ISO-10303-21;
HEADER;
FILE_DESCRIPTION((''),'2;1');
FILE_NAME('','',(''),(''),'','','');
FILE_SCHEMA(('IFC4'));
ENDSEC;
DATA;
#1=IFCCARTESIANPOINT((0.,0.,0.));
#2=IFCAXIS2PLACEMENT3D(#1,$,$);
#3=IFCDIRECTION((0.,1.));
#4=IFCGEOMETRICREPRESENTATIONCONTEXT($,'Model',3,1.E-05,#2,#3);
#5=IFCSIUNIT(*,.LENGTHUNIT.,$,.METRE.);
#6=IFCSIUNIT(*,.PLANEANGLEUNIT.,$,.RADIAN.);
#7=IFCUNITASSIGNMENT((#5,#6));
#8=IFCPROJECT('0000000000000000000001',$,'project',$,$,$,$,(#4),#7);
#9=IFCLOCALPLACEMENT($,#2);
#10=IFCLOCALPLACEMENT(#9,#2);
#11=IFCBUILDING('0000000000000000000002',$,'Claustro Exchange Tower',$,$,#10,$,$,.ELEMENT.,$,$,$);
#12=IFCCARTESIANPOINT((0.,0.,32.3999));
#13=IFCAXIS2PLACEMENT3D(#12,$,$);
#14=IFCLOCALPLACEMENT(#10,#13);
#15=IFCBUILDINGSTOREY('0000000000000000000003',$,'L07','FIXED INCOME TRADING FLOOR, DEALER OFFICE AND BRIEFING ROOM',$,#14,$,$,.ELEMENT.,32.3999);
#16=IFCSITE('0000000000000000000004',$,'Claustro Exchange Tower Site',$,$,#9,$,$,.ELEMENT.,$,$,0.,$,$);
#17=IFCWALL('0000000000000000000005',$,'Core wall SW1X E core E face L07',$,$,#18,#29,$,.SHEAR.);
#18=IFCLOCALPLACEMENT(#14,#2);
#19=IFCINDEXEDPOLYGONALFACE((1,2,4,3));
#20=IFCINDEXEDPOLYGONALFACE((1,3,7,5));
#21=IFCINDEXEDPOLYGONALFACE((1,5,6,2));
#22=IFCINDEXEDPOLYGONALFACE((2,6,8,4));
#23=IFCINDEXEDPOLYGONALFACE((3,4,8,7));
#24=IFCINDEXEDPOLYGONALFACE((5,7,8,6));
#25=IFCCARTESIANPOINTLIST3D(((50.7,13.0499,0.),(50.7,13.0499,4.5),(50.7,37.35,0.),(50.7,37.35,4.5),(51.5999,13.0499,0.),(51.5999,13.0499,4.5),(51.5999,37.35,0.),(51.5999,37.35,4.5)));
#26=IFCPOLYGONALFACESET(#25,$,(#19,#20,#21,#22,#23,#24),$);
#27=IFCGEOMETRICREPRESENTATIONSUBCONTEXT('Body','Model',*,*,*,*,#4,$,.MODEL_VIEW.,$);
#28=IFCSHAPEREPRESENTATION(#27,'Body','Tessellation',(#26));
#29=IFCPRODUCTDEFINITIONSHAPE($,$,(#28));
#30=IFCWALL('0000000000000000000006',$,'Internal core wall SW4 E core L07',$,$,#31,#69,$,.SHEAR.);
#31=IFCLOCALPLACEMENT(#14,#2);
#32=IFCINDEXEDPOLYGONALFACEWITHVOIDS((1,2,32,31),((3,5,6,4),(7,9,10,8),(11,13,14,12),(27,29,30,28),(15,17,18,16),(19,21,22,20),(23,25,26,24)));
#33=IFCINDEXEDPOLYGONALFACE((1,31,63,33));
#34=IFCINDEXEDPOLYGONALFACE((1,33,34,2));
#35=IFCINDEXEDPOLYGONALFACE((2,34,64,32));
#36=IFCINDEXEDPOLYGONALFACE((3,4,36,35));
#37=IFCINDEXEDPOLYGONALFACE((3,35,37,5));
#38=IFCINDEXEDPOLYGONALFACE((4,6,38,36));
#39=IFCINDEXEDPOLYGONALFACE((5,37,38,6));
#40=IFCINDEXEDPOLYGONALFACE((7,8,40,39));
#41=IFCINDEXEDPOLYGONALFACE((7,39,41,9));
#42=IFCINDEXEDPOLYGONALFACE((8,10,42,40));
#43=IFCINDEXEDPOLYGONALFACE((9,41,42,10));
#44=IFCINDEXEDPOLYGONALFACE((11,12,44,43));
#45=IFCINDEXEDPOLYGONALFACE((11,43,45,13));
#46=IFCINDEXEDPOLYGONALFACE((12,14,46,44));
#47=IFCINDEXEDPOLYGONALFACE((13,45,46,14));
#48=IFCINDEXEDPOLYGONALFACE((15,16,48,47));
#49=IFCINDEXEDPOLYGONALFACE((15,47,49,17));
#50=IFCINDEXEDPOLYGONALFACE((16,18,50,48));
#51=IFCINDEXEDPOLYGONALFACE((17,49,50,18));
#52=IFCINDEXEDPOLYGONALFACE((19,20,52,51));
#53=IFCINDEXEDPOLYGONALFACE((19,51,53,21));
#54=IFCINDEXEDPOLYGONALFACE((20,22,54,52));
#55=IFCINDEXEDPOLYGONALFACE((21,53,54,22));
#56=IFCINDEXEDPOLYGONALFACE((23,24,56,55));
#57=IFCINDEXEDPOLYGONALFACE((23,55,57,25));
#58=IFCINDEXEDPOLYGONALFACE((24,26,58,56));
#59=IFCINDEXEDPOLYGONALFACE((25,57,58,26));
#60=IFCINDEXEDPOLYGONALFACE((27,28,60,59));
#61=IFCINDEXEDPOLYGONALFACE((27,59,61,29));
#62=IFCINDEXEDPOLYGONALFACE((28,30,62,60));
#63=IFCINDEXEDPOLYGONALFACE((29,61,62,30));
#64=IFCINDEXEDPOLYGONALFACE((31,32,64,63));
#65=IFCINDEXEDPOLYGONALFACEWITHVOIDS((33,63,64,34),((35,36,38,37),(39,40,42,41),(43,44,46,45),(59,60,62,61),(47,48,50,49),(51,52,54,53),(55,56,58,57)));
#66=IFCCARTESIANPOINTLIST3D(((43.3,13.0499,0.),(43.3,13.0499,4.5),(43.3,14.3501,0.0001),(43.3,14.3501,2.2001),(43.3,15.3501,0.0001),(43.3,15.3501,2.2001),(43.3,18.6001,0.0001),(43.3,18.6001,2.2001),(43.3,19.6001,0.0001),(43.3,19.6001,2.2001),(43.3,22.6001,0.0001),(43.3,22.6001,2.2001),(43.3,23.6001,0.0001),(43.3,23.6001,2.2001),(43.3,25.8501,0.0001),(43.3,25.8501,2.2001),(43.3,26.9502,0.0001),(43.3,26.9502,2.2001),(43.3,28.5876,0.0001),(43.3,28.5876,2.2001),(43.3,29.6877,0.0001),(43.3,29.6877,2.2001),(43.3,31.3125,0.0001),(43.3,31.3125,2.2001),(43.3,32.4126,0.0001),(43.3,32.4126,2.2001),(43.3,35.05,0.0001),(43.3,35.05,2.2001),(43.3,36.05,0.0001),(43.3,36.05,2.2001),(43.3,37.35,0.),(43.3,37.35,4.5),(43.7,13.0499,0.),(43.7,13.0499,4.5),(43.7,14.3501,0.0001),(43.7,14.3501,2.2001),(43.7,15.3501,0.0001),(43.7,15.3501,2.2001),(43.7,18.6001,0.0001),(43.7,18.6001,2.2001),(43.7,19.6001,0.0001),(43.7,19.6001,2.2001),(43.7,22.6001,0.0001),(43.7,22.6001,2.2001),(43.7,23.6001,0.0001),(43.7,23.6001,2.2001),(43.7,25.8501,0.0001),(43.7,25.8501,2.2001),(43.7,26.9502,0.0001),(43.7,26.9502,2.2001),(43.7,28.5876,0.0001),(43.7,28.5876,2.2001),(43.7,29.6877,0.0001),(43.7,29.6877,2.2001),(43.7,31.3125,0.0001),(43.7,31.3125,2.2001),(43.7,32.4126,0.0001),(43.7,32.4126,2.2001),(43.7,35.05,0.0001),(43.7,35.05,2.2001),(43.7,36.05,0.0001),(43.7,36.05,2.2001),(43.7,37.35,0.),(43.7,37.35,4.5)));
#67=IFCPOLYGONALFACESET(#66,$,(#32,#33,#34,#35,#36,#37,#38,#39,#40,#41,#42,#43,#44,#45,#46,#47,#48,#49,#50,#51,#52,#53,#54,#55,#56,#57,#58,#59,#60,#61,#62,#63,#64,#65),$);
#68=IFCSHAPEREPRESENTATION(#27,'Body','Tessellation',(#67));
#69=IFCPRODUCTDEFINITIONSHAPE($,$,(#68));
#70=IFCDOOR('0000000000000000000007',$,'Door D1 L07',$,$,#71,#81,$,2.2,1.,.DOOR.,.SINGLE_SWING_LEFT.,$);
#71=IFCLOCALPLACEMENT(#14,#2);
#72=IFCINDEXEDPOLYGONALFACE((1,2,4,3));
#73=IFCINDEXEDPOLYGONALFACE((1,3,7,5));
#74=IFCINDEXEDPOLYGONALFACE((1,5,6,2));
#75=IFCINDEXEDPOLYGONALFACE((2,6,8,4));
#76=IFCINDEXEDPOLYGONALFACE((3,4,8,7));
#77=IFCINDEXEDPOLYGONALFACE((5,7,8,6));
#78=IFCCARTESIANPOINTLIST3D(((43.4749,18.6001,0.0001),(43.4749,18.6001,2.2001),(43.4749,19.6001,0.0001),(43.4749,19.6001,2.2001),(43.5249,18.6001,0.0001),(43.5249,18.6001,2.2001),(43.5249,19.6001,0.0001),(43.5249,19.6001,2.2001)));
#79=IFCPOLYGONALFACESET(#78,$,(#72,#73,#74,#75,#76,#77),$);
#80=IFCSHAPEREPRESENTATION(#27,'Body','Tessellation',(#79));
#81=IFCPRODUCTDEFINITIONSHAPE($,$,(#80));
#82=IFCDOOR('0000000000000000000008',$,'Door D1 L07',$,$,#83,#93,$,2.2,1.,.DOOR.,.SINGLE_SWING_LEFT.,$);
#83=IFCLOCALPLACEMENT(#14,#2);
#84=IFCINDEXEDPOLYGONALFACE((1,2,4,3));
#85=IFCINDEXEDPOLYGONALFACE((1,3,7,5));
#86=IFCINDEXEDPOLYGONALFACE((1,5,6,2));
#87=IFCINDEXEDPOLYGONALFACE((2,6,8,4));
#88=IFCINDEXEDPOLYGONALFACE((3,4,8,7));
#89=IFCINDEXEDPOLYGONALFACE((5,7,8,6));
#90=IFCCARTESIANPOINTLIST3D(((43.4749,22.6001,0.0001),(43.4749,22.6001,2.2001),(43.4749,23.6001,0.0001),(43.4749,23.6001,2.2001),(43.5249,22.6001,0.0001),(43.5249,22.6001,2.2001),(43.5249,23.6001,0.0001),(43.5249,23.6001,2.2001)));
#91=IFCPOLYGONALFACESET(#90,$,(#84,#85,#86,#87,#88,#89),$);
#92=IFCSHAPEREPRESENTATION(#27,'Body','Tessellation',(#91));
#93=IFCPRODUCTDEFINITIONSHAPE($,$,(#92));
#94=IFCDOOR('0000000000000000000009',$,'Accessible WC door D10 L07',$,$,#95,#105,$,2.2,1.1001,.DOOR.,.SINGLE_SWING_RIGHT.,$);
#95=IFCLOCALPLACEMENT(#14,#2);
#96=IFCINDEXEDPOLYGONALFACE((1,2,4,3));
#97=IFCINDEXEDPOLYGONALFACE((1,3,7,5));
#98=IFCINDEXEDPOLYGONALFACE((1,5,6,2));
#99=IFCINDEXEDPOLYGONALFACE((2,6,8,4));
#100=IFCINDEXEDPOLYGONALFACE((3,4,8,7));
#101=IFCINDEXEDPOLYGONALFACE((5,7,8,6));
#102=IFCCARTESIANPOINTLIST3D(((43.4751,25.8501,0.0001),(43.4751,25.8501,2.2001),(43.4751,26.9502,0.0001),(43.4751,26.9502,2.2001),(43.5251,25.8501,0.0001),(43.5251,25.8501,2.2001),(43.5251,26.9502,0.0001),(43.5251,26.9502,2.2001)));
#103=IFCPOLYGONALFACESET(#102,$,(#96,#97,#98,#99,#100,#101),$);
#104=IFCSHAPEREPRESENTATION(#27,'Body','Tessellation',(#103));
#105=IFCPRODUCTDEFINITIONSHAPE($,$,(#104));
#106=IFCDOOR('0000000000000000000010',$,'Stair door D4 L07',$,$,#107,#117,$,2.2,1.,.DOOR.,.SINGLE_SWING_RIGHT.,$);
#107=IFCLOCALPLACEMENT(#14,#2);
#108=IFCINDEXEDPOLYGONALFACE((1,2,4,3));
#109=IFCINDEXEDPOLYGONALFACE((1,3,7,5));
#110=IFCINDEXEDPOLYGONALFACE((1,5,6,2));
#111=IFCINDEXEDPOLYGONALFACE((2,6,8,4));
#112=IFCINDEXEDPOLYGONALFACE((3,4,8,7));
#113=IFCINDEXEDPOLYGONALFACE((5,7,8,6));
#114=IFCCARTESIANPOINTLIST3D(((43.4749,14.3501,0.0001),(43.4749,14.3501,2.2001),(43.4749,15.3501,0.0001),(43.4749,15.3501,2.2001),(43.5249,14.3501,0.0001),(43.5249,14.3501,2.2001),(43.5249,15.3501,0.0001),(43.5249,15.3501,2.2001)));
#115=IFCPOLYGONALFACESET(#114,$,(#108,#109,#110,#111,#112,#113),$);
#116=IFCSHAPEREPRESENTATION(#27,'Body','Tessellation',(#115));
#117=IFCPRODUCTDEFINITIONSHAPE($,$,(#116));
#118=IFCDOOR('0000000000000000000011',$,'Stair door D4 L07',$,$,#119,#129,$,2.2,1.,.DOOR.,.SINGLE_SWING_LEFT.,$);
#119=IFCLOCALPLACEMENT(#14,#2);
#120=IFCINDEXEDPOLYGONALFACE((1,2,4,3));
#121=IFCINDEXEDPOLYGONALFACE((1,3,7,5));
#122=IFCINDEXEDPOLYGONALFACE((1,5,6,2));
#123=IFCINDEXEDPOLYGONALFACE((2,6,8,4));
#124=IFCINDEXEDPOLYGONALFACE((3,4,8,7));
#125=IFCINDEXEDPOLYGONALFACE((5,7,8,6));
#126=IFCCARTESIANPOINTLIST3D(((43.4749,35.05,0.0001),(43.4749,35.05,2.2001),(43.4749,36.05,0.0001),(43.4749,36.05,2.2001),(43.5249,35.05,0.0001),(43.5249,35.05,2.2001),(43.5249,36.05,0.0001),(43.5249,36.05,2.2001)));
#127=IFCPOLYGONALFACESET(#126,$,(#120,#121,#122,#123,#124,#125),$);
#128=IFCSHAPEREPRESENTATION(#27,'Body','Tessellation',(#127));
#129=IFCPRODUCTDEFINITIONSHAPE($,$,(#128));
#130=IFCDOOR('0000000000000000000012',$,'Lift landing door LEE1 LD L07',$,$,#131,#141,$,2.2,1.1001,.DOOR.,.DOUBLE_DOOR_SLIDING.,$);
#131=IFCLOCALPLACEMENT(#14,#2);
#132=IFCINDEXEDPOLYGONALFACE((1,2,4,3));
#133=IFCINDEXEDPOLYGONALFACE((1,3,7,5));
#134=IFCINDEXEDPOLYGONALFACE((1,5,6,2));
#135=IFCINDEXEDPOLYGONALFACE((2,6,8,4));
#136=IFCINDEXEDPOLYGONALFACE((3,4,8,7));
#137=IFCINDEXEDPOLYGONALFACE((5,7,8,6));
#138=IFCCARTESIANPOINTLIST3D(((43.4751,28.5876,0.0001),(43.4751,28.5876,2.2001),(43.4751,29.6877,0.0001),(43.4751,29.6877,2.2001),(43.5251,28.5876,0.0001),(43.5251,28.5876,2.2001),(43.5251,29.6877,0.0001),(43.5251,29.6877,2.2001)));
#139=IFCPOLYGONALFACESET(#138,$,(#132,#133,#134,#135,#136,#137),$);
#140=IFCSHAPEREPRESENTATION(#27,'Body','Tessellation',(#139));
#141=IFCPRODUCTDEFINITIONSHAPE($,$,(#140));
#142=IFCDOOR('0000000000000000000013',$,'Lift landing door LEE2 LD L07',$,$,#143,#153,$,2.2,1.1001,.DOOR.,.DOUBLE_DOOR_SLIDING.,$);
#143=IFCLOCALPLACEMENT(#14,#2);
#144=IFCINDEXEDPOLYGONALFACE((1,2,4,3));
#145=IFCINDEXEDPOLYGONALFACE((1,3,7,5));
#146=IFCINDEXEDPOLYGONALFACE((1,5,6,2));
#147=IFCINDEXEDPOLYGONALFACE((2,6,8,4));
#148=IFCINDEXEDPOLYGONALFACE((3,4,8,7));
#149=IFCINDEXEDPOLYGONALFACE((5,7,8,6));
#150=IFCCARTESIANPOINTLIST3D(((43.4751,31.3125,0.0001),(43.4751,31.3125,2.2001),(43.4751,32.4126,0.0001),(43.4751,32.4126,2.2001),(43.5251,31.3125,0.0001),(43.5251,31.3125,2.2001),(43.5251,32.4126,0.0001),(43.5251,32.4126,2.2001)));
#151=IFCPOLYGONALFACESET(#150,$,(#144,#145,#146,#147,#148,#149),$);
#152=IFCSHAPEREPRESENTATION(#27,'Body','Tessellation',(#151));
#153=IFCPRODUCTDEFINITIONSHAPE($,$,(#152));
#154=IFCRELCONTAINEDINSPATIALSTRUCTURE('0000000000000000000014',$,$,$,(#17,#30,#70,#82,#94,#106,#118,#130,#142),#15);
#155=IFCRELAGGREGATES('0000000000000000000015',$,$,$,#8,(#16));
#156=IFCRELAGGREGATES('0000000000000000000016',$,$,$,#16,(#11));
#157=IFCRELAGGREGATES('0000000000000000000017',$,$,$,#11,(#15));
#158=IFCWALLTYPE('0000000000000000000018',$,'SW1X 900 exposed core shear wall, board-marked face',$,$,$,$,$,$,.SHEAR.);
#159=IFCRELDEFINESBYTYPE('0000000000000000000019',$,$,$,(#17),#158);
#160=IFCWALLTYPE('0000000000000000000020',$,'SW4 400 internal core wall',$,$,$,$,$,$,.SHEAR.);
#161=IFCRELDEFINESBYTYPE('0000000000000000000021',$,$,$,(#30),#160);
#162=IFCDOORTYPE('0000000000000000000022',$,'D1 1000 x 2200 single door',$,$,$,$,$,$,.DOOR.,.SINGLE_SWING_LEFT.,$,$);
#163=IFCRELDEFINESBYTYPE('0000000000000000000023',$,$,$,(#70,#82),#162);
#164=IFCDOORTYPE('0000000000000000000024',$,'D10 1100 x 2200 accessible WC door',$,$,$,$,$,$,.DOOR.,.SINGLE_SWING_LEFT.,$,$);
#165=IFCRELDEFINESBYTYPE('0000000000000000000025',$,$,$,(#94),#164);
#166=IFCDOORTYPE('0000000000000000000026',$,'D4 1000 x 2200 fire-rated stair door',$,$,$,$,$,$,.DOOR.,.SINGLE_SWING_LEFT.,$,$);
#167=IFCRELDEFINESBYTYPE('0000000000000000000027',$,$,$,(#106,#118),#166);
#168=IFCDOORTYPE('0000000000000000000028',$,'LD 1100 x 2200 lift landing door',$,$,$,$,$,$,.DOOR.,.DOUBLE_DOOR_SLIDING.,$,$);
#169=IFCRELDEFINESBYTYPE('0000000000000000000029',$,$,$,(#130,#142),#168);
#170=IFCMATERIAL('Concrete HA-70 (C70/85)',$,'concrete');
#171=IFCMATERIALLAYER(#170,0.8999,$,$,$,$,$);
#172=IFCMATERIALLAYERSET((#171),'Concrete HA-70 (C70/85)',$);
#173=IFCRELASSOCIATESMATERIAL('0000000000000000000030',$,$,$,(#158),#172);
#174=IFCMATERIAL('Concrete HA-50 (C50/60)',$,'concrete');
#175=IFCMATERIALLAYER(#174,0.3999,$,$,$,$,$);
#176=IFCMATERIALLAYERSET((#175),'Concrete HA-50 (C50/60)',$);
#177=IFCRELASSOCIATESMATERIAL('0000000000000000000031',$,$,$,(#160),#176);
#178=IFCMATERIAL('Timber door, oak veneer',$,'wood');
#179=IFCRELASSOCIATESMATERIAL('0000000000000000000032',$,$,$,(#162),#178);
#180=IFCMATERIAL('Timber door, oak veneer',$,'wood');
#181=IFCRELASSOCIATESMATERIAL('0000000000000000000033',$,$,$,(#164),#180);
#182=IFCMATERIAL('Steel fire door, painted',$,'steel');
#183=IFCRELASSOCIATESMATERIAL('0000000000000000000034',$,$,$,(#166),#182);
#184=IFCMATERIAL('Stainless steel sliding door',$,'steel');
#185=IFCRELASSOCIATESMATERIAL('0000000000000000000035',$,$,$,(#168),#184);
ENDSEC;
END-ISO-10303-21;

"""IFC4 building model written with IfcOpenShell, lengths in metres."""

from ifc_helpers import new_model, si_unit, direction, frame, frame_2d, origin, place, context, subcontext, project, spatial, rectangle, extrude, material, layer, layer_set, type_object, element, fill, save


model = new_model("IFC4")

# Units and contexts
model_context = context("Model", 3, precision=1e-05, world=origin(), true_north=direction((0.0, 1.0)))
body_context = subcontext(model_context, "Body", "Model", "MODEL_VIEW")
ifc_project = project(units=[si_unit("LENGTHUNIT", "METRE"), si_unit("PLANEANGLEUNIT", "RADIAN")], contexts=[model_context])

# Site, building, storey
site_placement = place(None, origin())
site = spatial("IfcSite", under=ifc_project, at=site_placement, Name="Claustro Exchange Tower Site", CompositionType="ELEMENT", RefElevation=0.0)
building_placement = place(site_placement, origin())
building = spatial("IfcBuilding", under=site, at=building_placement, Name="Claustro Exchange Tower", CompositionType="ELEMENT")
storey_placement = place(building_placement, frame((0.0, 0.0, 32.3999)))
storey = spatial("IfcBuildingStorey", under=building, at=storey_placement, Name="L07", Description="FIXED INCOME TRADING FLOOR, DEALER OFFICE AND BRIEFING ROOM", CompositionType="ELEMENT", Elevation=32.3999)

# Wall
ifc_material_1 = material(Name="Concrete HA-70 (C70/85)", Category="concrete")
ifc_layer_1 = layer(ifc_material_1, 0.8999)
ifc_layer_set_1 = layer_set([ifc_layer_1], Name="Concrete HA-70 (C70/85)")
wall_type_1 = type_object("IfcWallType", Name="SW1X 900 exposed core shear wall, board-marked face", PredefinedType="SHEAR", material=ifc_layer_set_1)
wall_1_placement = place(storey_placement, frame((51.1499, 13.05, 0.0), z_axis=(0.0, 0.0, 1.0), x_axis=(0.0, 1.0, 0.0)))
element("IfcWall", 1, at=wall_1_placement, inside=storey, type_object=wall_type_1, Name="Core wall SW1X E core E face L07", PredefinedType="SHEAR", context=body_context, shape_type="SweptSolid", body=[
    extrude(rectangle(XDim=24.3, YDim=0.8999, at=frame_2d((12.1499, 0.0))), origin(), (0.0, 0.0, 1.0), 4.5),
])

# Wall, openings, doors
ifc_material_2 = material(Name="Concrete HA-50 (C50/60)", Category="concrete")
ifc_layer_2 = layer(ifc_material_2, 0.3999)
ifc_layer_set_2 = layer_set([ifc_layer_2], Name="Concrete HA-50 (C50/60)")
wall_type_2 = type_object("IfcWallType", Name="SW4 400 internal core wall", PredefinedType="SHEAR", material=ifc_layer_set_2)
wall_2_placement = place(storey_placement, frame((43.5, 13.05, 0.0), z_axis=(0.0, 0.0, 1.0), x_axis=(0.0, 1.0, 0.0)))
wall_2 = element("IfcWall", 2, at=wall_2_placement, inside=storey, type_object=wall_type_2, Name="Internal core wall SW4 E core L07", PredefinedType="SHEAR", context=body_context, shape_type="SweptSolid", body=[
    extrude(rectangle(XDim=24.3, YDim=0.3999, at=frame_2d((12.1499, 0.0))), origin(), (0.0, 0.0, 1.0), 4.5),
])
opening_1_placement = place(wall_2_placement, frame((1.3, 0.0, 0.0)))
opening_1 = element("IfcOpeningElement", 3, at=opening_1_placement, cuts=wall_2, PredefinedType="OPENING", context=body_context, shape_type="SweptSolid", body=[
    extrude(rectangle(XDim=1.0, YDim=2.2, at=frame_2d((0.5, 1.1001))), frame((0.0, 0.21, 0.0), z_axis=(0.0, -1.0, 0.0), x_axis=(1.0, 0.0, 0.0)), (0.0, 0.0, 1.0), 0.4199),
])
opening_2_placement = place(wall_2_placement, frame((22.0, 0.0, 0.0)))
opening_2 = element("IfcOpeningElement", 4, at=opening_2_placement, cuts=wall_2, PredefinedType="OPENING", context=body_context, shape_type="SweptSolid", body=[
    extrude(rectangle(XDim=1.0, YDim=2.2, at=frame_2d((0.5, 1.1001))), frame((0.0, 0.21, 0.0), z_axis=(0.0, -1.0, 0.0), x_axis=(1.0, 0.0, 0.0)), (0.0, 0.0, 1.0), 0.4199),
])
opening_3_placement = place(wall_2_placement, frame((5.55, 0.0, 0.0)))
opening_3 = element("IfcOpeningElement", 5, at=opening_3_placement, cuts=wall_2, PredefinedType="OPENING", context=body_context, shape_type="SweptSolid", body=[
    extrude(rectangle(XDim=1.0, YDim=2.2, at=frame_2d((0.5, 1.1001))), frame((0.0, 0.21, 0.0), z_axis=(0.0, -1.0, 0.0), x_axis=(1.0, 0.0, 0.0)), (0.0, 0.0, 1.0), 0.4199),
])
opening_4_placement = place(wall_2_placement, frame((9.55, 0.0, 0.0)))
opening_4 = element("IfcOpeningElement", 6, at=opening_4_placement, cuts=wall_2, PredefinedType="OPENING", context=body_context, shape_type="SweptSolid", body=[
    extrude(rectangle(XDim=1.0, YDim=2.2, at=frame_2d((0.5, 1.1001))), frame((0.0, 0.21, 0.0), z_axis=(0.0, -1.0, 0.0), x_axis=(1.0, 0.0, 0.0)), (0.0, 0.0, 1.0), 0.4199),
])
opening_5_placement = place(wall_2_placement, frame((12.8, 0.0, 0.0)))
opening_5 = element("IfcOpeningElement", 7, at=opening_5_placement, cuts=wall_2, PredefinedType="OPENING", context=body_context, shape_type="SweptSolid", body=[
    extrude(rectangle(XDim=1.1001, YDim=2.2, at=frame_2d((0.55, 1.1001))), frame((0.0, 0.21, 0.0), z_axis=(0.0, -1.0, 0.0), x_axis=(1.0, 0.0, 0.0)), (0.0, 0.0, 1.0), 0.4199),
])
opening_6_placement = place(wall_2_placement, frame((15.5376, 0.0, 0.0)))
opening_6 = element("IfcOpeningElement", 8, at=opening_6_placement, cuts=wall_2, PredefinedType="OPENING", context=body_context, shape_type="SweptSolid", body=[
    extrude(rectangle(XDim=1.1001, YDim=2.2, at=frame_2d((0.55, 1.1001))), frame((0.0, 0.21, 0.0), z_axis=(0.0, -1.0, 0.0), x_axis=(1.0, 0.0, 0.0)), (0.0, 0.0, 1.0), 0.4199),
])
opening_7_placement = place(wall_2_placement, frame((18.2625, 0.0, 0.0)))
opening_7 = element("IfcOpeningElement", 9, at=opening_7_placement, cuts=wall_2, PredefinedType="OPENING", context=body_context, shape_type="SweptSolid", body=[
    extrude(rectangle(XDim=1.1001, YDim=2.2, at=frame_2d((0.55, 1.1001))), frame((0.0, 0.21, 0.0), z_axis=(0.0, -1.0, 0.0), x_axis=(1.0, 0.0, 0.0)), (0.0, 0.0, 1.0), 0.4199),
])
ifc_material_3 = material(Name="Timber door, oak veneer", Category="wood")
door_type_1 = type_object("IfcDoorType", Name="D1 1000 x 2200 single door", OperationType="SINGLE_SWING_LEFT", PredefinedType="DOOR", material=ifc_material_3)
door_1_placement = place(opening_3_placement, frame((1.0, 0.0, 0.0), z_axis=(0.0, 0.0, 1.0), x_axis=(-1.0, 0.0, 0.0)))
door_1 = element("IfcDoor", 10, at=door_1_placement, inside=storey, type_object=door_type_1, Name="Door D1 L07", OperationType="SINGLE_SWING_LEFT", OverallHeight=2.2, OverallWidth=1.0, PredefinedType="DOOR", context=body_context, shape_type="SweptSolid", body=[
    extrude(rectangle(XDim=1.0, YDim=2.2, at=frame_2d((0.5, 1.1001))), frame((0.0, 0.0249, 0.0), z_axis=(0.0, -1.0, 0.0), x_axis=(1.0, 0.0, 0.0)), (0.0, 0.0, 1.0), 0.05),
])
fill(opening_3, door_1)
door_2_placement = place(opening_4_placement, frame((1.0, 0.0, 0.0), z_axis=(0.0, 0.0, 1.0), x_axis=(-1.0, 0.0, 0.0)))
door_2 = element("IfcDoor", 11, at=door_2_placement, inside=storey, type_object=door_type_1, Name="Door D1 L07", OperationType="SINGLE_SWING_LEFT", OverallHeight=2.2, OverallWidth=1.0, PredefinedType="DOOR", context=body_context, shape_type="SweptSolid", body=[
    extrude(rectangle(XDim=1.0, YDim=2.2, at=frame_2d((0.5, 1.1001))), frame((0.0, 0.0249, 0.0), z_axis=(0.0, -1.0, 0.0), x_axis=(1.0, 0.0, 0.0)), (0.0, 0.0, 1.0), 0.05),
])
fill(opening_4, door_2)
ifc_material_4 = material(Name="Timber door, oak veneer", Category="wood")
door_type_2 = type_object("IfcDoorType", Name="D10 1100 x 2200 accessible WC door", OperationType="SINGLE_SWING_LEFT", PredefinedType="DOOR", material=ifc_material_4)
door_3_placement = place(opening_5_placement, origin())
door_3 = element("IfcDoor", 12, at=door_3_placement, inside=storey, type_object=door_type_2, Name="Accessible WC door D10 L07", OperationType="SINGLE_SWING_RIGHT", OverallHeight=2.2, OverallWidth=1.1001, PredefinedType="DOOR", context=body_context, shape_type="SweptSolid", body=[
    extrude(rectangle(XDim=1.1001, YDim=2.2, at=frame_2d((0.55, 1.1001))), frame((0.0, 0.0249, 0.0), z_axis=(0.0, -1.0, 0.0), x_axis=(1.0, 0.0, 0.0)), (0.0, 0.0, 1.0), 0.05),
])
fill(opening_5, door_3)
ifc_material_5 = material(Name="Steel fire door, painted", Category="steel")
door_type_3 = type_object("IfcDoorType", Name="D4 1000 x 2200 fire-rated stair door", OperationType="SINGLE_SWING_LEFT", PredefinedType="DOOR", material=ifc_material_5)
door_4_placement = place(opening_1_placement, frame((1.0, 0.0, 0.0), z_axis=(0.0, 0.0, 1.0), x_axis=(-1.0, 0.0, 0.0)))
door_4 = element("IfcDoor", 13, at=door_4_placement, inside=storey, type_object=door_type_3, Name="Stair door D4 L07", OperationType="SINGLE_SWING_RIGHT", OverallHeight=2.2, OverallWidth=1.0, PredefinedType="DOOR", context=body_context, shape_type="SweptSolid", body=[
    extrude(rectangle(XDim=1.0, YDim=2.2, at=frame_2d((0.5, 1.1001))), frame((0.0, 0.0249, 0.0), z_axis=(0.0, -1.0, 0.0), x_axis=(1.0, 0.0, 0.0)), (0.0, 0.0, 1.0), 0.05),
])
fill(opening_1, door_4)
door_5_placement = place(opening_2_placement, frame((1.0, 0.0, 0.0), z_axis=(0.0, 0.0, 1.0), x_axis=(-1.0, 0.0, 0.0)))
door_5 = element("IfcDoor", 14, at=door_5_placement, inside=storey, type_object=door_type_3, Name="Stair door D4 L07", OperationType="SINGLE_SWING_LEFT", OverallHeight=2.2, OverallWidth=1.0, PredefinedType="DOOR", context=body_context, shape_type="SweptSolid", body=[
    extrude(rectangle(XDim=1.0, YDim=2.2, at=frame_2d((0.5, 1.1001))), frame((0.0, 0.0249, 0.0), z_axis=(0.0, -1.0, 0.0), x_axis=(1.0, 0.0, 0.0)), (0.0, 0.0, 1.0), 0.05),
])
fill(opening_2, door_5)
ifc_material_6 = material(Name="Stainless steel sliding door", Category="steel")
door_type_4 = type_object("IfcDoorType", Name="LD 1100 x 2200 lift landing door", OperationType="DOUBLE_DOOR_SLIDING", PredefinedType="DOOR", material=ifc_material_6)
door_6_placement = place(opening_6_placement, origin())
door_6 = element("IfcDoor", 15, at=door_6_placement, inside=storey, type_object=door_type_4, Name="Lift landing door LEE1 LD L07", OperationType="DOUBLE_DOOR_SLIDING", OverallHeight=2.2, OverallWidth=1.1001, PredefinedType="DOOR", context=body_context, shape_type="SweptSolid", body=[
    extrude(rectangle(XDim=1.1001, YDim=2.2, at=frame_2d((0.55, 1.1001))), frame((0.0, 0.0249, 0.0), z_axis=(0.0, -1.0, 0.0), x_axis=(1.0, 0.0, 0.0)), (0.0, 0.0, 1.0), 0.05),
])
fill(opening_6, door_6)
door_7_placement = place(opening_7_placement, origin())
door_7 = element("IfcDoor", 16, at=door_7_placement, inside=storey, type_object=door_type_4, Name="Lift landing door LEE2 LD L07", OperationType="DOUBLE_DOOR_SLIDING", OverallHeight=2.2, OverallWidth=1.1001, PredefinedType="DOOR", context=body_context, shape_type="SweptSolid", body=[
    extrude(rectangle(XDim=1.1001, YDim=2.2, at=frame_2d((0.55, 1.1001))), frame((0.0, 0.0249, 0.0), z_axis=(0.0, -1.0, 0.0), x_axis=(1.0, 0.0, 0.0)), (0.0, 0.0, 1.0), 0.05),
])
fill(opening_7, door_7)

save(model, "model.ifc")
